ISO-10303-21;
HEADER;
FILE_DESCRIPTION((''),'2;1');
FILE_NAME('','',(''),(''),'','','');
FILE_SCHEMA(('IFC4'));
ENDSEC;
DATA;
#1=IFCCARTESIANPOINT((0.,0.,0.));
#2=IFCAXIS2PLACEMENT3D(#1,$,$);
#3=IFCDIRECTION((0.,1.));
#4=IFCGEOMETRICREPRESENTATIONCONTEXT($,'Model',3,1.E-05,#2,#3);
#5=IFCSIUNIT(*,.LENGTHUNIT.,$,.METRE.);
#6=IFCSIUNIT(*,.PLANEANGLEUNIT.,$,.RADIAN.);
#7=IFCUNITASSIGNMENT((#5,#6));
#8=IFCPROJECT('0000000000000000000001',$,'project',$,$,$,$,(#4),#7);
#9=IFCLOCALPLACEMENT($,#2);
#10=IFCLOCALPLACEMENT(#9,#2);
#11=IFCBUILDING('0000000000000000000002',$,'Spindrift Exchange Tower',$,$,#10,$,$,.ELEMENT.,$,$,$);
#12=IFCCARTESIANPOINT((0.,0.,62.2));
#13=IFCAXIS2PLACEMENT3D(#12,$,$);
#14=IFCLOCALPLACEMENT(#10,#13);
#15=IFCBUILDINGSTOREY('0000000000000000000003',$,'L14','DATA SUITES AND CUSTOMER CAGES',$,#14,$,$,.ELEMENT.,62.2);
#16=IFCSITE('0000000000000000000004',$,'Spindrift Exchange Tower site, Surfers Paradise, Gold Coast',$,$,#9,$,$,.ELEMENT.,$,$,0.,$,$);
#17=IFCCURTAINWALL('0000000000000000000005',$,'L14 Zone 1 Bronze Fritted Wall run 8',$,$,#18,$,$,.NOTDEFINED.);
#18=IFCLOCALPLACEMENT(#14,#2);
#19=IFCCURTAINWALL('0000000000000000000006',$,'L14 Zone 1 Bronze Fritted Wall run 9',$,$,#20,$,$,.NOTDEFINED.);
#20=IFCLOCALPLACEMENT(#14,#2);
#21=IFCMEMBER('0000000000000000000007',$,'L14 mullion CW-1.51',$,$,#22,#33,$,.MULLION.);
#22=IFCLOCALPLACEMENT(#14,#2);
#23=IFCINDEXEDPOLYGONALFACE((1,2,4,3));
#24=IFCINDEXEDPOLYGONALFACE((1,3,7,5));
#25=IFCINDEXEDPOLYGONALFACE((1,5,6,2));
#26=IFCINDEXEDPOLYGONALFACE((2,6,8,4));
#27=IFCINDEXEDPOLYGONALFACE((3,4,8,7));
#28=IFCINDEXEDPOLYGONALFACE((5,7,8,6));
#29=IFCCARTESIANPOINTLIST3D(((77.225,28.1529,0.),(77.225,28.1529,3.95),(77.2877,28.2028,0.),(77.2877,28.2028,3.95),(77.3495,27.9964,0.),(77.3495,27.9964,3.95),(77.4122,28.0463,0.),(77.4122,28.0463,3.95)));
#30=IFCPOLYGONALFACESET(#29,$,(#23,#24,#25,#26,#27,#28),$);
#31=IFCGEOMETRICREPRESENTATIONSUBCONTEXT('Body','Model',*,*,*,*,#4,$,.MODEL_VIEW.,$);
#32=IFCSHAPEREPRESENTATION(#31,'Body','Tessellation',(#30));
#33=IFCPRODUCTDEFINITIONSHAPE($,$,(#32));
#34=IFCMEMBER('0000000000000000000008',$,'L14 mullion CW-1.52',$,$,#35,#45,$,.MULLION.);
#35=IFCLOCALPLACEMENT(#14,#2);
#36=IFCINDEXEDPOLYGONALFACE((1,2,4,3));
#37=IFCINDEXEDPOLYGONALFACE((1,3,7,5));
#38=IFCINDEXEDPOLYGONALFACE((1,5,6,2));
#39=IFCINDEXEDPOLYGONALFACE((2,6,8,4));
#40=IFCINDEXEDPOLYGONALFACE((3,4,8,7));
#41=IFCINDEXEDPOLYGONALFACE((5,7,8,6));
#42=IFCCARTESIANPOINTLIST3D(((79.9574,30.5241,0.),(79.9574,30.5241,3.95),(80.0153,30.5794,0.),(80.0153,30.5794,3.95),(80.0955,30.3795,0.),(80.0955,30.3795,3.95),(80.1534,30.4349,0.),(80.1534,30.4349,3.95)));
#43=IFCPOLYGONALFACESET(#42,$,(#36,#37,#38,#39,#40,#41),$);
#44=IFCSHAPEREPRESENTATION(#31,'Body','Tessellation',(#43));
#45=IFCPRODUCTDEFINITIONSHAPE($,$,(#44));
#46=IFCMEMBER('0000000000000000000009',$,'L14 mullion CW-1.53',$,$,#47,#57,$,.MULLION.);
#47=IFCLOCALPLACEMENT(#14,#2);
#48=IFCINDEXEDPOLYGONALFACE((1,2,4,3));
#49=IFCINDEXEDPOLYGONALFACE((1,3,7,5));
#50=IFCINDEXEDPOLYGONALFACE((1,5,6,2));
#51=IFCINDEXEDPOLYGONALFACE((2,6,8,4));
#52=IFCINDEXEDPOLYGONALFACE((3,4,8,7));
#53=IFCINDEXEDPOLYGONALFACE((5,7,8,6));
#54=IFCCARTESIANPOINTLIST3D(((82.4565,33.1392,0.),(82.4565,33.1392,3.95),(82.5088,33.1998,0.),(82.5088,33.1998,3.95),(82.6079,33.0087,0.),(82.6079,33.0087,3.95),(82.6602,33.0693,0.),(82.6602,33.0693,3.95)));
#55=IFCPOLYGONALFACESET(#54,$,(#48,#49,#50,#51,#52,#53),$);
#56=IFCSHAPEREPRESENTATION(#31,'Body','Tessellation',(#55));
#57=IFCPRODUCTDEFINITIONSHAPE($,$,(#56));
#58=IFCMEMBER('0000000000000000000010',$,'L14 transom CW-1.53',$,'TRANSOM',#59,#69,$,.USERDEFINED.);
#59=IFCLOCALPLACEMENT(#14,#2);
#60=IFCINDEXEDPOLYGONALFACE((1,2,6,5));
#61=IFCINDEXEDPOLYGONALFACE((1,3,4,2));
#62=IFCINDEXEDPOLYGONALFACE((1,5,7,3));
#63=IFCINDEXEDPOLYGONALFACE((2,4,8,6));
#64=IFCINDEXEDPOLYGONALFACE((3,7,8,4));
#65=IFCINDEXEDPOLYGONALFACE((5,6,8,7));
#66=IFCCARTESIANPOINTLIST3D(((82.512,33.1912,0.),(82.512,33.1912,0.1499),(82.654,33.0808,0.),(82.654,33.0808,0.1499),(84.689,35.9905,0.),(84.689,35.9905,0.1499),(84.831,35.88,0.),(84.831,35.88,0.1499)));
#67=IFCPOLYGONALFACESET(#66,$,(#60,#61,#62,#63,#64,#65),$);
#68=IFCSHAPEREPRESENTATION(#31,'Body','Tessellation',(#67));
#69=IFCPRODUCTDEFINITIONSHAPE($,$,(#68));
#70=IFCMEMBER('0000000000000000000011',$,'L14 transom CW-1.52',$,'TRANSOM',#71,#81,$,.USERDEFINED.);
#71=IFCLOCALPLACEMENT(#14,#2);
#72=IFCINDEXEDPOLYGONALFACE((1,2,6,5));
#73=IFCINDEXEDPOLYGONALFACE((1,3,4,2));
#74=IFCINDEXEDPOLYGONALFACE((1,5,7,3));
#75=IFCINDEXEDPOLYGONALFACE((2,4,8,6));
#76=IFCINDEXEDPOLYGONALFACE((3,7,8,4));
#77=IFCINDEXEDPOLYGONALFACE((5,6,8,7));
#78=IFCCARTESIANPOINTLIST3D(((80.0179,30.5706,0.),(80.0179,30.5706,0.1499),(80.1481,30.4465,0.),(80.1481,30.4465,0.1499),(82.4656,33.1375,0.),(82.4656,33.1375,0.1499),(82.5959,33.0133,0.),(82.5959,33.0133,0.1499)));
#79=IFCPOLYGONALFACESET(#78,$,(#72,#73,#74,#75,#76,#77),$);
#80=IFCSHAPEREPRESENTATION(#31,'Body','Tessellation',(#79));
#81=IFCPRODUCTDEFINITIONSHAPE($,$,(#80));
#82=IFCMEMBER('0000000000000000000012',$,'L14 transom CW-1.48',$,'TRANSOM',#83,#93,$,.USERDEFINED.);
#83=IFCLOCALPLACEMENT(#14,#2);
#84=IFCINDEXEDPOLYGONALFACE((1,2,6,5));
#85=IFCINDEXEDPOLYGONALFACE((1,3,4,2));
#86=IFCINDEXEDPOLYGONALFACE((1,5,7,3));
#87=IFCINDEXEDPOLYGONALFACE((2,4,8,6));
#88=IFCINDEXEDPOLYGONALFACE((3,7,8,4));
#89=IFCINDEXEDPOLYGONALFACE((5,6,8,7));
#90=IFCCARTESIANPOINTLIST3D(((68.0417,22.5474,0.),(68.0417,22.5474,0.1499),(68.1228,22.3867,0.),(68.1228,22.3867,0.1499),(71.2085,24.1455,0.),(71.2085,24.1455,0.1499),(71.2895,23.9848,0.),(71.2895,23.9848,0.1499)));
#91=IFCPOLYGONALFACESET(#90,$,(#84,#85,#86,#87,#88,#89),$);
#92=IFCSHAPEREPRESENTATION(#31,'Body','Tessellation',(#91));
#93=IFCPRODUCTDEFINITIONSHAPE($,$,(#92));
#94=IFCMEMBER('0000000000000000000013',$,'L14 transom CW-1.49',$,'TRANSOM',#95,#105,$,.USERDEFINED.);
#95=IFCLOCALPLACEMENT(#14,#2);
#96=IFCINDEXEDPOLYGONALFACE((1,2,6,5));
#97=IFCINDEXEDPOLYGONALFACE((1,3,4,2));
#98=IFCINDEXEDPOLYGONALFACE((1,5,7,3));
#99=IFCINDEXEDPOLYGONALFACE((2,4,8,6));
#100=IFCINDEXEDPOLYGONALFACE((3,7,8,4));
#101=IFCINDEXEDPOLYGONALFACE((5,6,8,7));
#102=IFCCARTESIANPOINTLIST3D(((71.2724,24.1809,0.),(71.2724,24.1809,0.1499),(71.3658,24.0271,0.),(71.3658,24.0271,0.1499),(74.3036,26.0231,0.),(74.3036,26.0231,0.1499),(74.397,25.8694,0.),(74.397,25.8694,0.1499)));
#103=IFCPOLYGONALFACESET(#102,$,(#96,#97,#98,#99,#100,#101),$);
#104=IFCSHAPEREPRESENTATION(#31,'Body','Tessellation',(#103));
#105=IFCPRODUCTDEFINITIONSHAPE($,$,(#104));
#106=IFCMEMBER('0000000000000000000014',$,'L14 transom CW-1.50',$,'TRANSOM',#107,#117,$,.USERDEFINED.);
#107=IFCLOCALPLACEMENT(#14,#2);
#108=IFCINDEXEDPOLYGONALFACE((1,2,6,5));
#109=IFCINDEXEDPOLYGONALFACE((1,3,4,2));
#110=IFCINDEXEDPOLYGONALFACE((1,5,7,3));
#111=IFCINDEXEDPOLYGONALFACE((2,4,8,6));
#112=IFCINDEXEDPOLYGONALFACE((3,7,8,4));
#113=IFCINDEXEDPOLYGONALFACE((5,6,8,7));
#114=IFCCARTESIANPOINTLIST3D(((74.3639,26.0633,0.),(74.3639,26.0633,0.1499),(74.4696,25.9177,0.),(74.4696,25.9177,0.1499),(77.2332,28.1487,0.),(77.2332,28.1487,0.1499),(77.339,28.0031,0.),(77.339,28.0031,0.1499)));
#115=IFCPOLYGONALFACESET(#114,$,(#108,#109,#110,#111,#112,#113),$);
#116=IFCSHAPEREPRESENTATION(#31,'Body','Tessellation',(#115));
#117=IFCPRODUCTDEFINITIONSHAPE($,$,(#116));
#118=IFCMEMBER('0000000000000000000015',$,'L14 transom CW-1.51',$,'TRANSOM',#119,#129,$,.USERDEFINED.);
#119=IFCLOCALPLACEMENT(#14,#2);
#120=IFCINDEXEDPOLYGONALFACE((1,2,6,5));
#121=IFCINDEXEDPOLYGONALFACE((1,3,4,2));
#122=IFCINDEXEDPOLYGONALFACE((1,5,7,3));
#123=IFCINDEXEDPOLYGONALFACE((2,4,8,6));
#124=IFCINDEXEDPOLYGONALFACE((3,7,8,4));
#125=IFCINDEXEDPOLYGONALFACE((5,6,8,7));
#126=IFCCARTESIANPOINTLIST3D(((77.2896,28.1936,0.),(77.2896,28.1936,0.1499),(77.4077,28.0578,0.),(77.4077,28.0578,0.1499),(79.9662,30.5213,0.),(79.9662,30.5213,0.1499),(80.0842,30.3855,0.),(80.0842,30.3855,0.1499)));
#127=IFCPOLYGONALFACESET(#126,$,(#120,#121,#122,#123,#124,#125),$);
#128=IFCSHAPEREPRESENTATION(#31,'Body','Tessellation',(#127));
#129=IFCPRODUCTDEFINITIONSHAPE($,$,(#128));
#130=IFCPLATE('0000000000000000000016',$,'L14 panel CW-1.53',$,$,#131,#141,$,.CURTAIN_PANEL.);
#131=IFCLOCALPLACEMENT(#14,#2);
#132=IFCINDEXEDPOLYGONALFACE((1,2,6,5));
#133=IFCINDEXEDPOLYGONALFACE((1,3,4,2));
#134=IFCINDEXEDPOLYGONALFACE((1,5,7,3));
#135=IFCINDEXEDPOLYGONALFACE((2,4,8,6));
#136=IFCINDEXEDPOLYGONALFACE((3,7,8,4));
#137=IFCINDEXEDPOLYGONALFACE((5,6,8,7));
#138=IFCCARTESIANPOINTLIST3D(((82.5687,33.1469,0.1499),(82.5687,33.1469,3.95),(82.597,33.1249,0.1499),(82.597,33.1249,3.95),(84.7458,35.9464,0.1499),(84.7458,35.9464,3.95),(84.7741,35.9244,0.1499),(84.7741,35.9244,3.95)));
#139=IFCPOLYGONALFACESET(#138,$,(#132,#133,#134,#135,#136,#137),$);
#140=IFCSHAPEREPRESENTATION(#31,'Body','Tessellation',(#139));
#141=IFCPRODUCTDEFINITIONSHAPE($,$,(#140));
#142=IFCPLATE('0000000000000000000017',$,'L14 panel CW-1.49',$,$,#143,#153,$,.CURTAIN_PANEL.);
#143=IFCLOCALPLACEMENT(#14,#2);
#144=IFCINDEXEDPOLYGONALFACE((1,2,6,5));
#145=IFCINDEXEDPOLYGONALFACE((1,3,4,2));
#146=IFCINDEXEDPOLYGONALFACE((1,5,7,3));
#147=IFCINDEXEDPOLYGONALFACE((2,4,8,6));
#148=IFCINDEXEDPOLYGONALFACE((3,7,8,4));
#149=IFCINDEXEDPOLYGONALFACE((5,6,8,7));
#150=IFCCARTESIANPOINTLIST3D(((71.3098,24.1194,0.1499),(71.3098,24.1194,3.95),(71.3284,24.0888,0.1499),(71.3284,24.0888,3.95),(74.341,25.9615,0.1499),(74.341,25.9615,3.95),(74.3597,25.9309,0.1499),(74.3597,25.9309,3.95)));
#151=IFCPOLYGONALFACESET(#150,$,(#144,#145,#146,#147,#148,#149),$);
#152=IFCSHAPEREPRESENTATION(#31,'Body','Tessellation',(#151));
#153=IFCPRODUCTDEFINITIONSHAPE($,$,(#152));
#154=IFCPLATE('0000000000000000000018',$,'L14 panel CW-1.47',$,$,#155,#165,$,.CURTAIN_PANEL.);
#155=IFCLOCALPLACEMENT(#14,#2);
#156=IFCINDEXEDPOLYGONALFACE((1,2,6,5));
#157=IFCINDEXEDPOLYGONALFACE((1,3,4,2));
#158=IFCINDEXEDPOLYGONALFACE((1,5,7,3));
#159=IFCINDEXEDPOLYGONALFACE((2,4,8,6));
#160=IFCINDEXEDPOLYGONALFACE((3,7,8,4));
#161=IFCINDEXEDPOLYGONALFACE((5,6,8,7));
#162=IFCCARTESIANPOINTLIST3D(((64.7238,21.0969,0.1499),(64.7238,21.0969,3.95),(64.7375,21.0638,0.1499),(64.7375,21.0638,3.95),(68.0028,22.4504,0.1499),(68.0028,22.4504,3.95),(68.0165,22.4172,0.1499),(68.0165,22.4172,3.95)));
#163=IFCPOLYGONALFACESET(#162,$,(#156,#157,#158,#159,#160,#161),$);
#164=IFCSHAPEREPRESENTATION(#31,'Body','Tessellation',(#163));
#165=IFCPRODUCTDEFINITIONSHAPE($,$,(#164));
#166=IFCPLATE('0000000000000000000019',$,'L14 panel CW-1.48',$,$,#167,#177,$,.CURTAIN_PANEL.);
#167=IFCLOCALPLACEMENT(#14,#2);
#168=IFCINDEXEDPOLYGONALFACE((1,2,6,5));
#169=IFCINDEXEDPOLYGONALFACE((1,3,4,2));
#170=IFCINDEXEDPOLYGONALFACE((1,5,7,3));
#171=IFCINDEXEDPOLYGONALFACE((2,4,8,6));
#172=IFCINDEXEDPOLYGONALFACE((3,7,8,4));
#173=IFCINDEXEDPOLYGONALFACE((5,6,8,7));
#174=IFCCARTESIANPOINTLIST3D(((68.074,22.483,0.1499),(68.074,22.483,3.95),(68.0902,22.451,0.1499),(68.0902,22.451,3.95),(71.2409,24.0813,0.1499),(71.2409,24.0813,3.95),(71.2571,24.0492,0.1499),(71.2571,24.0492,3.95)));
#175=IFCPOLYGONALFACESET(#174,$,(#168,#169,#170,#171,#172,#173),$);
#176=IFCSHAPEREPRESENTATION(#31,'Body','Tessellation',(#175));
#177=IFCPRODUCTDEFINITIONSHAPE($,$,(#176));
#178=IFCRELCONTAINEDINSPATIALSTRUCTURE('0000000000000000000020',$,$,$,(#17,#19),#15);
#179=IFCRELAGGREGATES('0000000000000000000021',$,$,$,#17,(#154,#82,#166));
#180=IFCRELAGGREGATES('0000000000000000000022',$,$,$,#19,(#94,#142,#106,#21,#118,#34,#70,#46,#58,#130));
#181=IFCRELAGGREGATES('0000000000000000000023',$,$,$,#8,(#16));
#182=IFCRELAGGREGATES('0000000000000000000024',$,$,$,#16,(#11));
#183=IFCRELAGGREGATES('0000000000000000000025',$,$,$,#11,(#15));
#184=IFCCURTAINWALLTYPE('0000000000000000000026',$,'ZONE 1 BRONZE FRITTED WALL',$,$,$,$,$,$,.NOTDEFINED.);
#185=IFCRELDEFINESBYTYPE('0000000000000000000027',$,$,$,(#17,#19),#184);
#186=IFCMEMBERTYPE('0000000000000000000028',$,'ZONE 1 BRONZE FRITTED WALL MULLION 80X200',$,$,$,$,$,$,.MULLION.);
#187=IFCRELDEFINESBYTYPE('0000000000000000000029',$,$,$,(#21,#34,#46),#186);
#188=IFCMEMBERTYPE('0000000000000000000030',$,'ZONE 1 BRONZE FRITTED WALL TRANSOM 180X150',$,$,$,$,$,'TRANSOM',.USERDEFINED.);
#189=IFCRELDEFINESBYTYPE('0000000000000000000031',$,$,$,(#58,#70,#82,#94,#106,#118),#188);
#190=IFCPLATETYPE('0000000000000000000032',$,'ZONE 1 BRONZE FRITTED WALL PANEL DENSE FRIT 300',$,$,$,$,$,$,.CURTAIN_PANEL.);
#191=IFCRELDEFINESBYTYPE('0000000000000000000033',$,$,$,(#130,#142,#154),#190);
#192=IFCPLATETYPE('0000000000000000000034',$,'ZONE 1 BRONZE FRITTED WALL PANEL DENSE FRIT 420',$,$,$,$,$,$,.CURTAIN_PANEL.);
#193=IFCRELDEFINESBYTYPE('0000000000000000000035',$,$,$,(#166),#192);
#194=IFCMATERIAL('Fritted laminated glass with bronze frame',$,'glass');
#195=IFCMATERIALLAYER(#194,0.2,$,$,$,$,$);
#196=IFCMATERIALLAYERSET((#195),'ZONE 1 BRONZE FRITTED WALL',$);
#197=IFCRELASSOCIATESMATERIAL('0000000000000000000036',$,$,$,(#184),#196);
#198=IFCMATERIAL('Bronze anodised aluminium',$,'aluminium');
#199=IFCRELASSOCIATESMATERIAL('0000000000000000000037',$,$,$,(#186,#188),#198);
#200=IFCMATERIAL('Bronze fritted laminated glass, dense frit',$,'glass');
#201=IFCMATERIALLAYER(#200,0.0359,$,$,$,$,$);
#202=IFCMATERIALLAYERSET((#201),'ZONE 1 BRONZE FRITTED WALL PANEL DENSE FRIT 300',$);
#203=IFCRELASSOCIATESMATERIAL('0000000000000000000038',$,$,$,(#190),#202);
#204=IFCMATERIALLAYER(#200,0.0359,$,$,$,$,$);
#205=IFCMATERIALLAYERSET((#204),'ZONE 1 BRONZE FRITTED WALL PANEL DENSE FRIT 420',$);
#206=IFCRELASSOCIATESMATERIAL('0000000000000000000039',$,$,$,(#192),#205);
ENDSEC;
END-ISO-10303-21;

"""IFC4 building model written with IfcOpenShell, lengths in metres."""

from ifc_helpers import new_model, si_unit, direction, frame, origin, origin_2d, place, context, subcontext, project, spatial, rectangle, extrude, source, transform, mapped, material, layer, layer_set, material_profile, profile_set, type_object, element, aggregate, save


model = new_model("IFC4")

# Units and contexts
model_context = context("Model", 3, precision=1e-05, world=origin(), true_north=direction((0.0, 1.0)))
body_context = subcontext(model_context, "Body", "Model", "MODEL_VIEW")
ifc_project = project(units=[si_unit("LENGTHUNIT", "METRE"), si_unit("PLANEANGLEUNIT", "RADIAN")], contexts=[model_context])

# Site, building, storey
site_placement = place(None, origin())
site = spatial("IfcSite", under=ifc_project, at=site_placement, Name="Spindrift Exchange Tower site, Surfers Paradise, Gold Coast", CompositionType="ELEMENT", RefElevation=0.0)
building_placement = place(site_placement, origin())
building = spatial("IfcBuilding", under=site, at=building_placement, Name="Spindrift Exchange Tower", CompositionType="ELEMENT")
storey_placement = place(building_placement, frame((0.0, 0.0, 62.2)))
storey = spatial("IfcBuildingStorey", under=building, at=storey_placement, Name="L14", Description="DATA SUITES AND CUSTOMER CAGES", CompositionType="ELEMENT", Elevation=62.2)

# Curtain wall
ifc_material_1 = material(Name="Fritted laminated glass with bronze frame", Category="glass")
ifc_layer_1 = layer(ifc_material_1, 0.2)
ifc_layer_set_1 = layer_set([ifc_layer_1], Name="ZONE 1 BRONZE FRITTED WALL")
curtain_wall_type = type_object("IfcCurtainWallType", Name="ZONE 1 BRONZE FRITTED WALL", PredefinedType="NOTDEFINED", material=ifc_layer_set_1)
curtain_wall_1_placement = place(storey_placement, origin())
curtain_wall_1 = element("IfcCurtainWall", 1, at=curtain_wall_1_placement, inside=storey, type_object=curtain_wall_type, Name="L14 Zone 1 Bronze Fritted Wall run 8", PredefinedType="NOTDEFINED")
ifc_material_2 = material(Name="Bronze anodised aluminium", Category="aluminium")
ifc_material_profile_1 = material_profile(ifc_material_2, rectangle(XDim=0.0801, YDim=0.2, at=origin_2d()), Name="ZONE 1 BRONZE FRITTED WALL MULLION 80X200")
ifc_profile_set_1 = profile_set([ifc_material_profile_1], Name="Bronze anodised aluminium")
member_type_1 = type_object("IfcMemberType", Name="ZONE 1 BRONZE FRITTED WALL MULLION 80X200", PredefinedType="MULLION", material=ifc_profile_set_1)
shared_shape_1 = source(origin(), body_context, "Body", "SweptSolid", [
    extrude(rectangle(XDim=0.0801, YDim=0.2, at=origin_2d()), origin(), (0.0, 0.0, 1.0), 3.95),
])

# Curtain wall, members
curtain_wall_2_placement = place(storey_placement, origin())
curtain_wall_2 = element("IfcCurtainWall", 2, at=curtain_wall_2_placement, inside=storey, type_object=curtain_wall_type, Name="L14 Zone 1 Bronze Fritted Wall run 9", PredefinedType="NOTDEFINED")
member_1_placement = place(storey_placement, frame((77.3186, 28.0996, 0.0), z_axis=(0.0, 0.0, 1.0), x_axis=(0.782489, 0.622664, 0.0)))
member_1 = element("IfcMember", 3, at=member_1_placement, type_object=member_type_1, Name="L14 mullion CW-1.51", PredefinedType="MULLION", context=body_context, shape_type="MappedRepresentation", body=[
    mapped(shared_shape_1, transform((0.0, 0.0, 0.0), scale=1.0)),
])
member_2_placement = place(storey_placement, frame((80.0554, 30.4795, 0.0), z_axis=(0.0, 0.0, 1.0), x_axis=(0.723143, 0.690699, 0.0)))
member_2 = element("IfcMember", 4, at=member_2_placement, type_object=member_type_1, Name="L14 mullion CW-1.52", PredefinedType="MULLION", context=body_context, shape_type="MappedRepresentation", body=[
    mapped(shared_shape_1, transform((0.0, 0.0, 0.0), scale=1.0)),
])
member_3_placement = place(storey_placement, frame((82.5583, 33.1042, 0.0), z_axis=(0.0, 0.0, 1.0), x_axis=(0.652833, 0.757502, 0.0)))
member_3 = element("IfcMember", 5, at=member_3_placement, type_object=member_type_1, Name="L14 mullion CW-1.53", PredefinedType="MULLION", context=body_context, shape_type="MappedRepresentation", body=[
    mapped(shared_shape_1, transform((0.0, 0.0, 0.0), scale=1.0)),
])
ifc_material_profile_2 = material_profile(ifc_material_2, rectangle(XDim=0.1799, YDim=0.1499, at=origin_2d()), Name="ZONE 1 BRONZE FRITTED WALL TRANSOM 180X150")
ifc_profile_set_2 = profile_set([ifc_material_profile_2], Name="Bronze anodised aluminium")
member_type_2 = type_object("IfcMemberType", Name="ZONE 1 BRONZE FRITTED WALL TRANSOM 180X150", ElementType="TRANSOM", PredefinedType="USERDEFINED", material=ifc_profile_set_2)
shared_shape_2 = source(origin(), body_context, "Body", "SweptSolid", [
    extrude(rectangle(XDim=0.1799, YDim=0.1499, at=origin_2d()), origin(), (0.0, 0.0, 1.0), 3.5461),
])
member_4_placement = place(storey_placement, frame((82.583, 33.136, 0.075), z_axis=(0.613898, 0.789386, 0.0), x_axis=(-0.789386, 0.613898, 0.0)))
member_4 = element("IfcMember", 6, at=member_4_placement, type_object=member_type_2, Name="L14 transom CW-1.53", ObjectType="TRANSOM", PredefinedType="USERDEFINED", context=body_context, shape_type="MappedRepresentation", body=[
    mapped(shared_shape_2, transform((0.0, 0.0, 0.0), scale=1.0)),
])
shared_shape_3 = source(origin(), body_context, "Body", "SweptSolid", [
    extrude(rectangle(XDim=0.1799, YDim=0.1499, at=origin_2d()), origin(), (0.0, 0.0, 1.0), 3.5469),
])
member_5_placement = place(storey_placement, frame((80.083, 30.5085, 0.075), z_axis=(0.690112, 0.723702, 0.0), x_axis=(-0.723702, 0.690112, 0.0)))
member_5 = element("IfcMember", 7, at=member_5_placement, type_object=member_type_2, Name="L14 transom CW-1.52", ObjectType="TRANSOM", PredefinedType="USERDEFINED", context=body_context, shape_type="MappedRepresentation", body=[
    mapped(shared_shape_3, transform((0.0, 0.0, 0.0), scale=1.0)),
])

# Members
shared_shape_4 = source(origin(), body_context, "Body", "SweptSolid", [
    extrude(rectangle(XDim=0.1799, YDim=0.1499, at=origin_2d()), origin(), (0.0, 0.0, 1.0), 3.5471),
])
member_6_placement = place(storey_placement, frame((68.0823, 22.467, 0.075), z_axis=(0.892755, 0.450542, 0.0), x_axis=(-0.450542, 0.892755, 0.0)))
member_6 = element("IfcMember", 8, at=member_6_placement, type_object=member_type_2, Name="L14 transom CW-1.48", ObjectType="TRANSOM", PredefinedType="USERDEFINED", context=body_context, shape_type="MappedRepresentation", body=[
    mapped(shared_shape_4, transform((0.0, 0.0, 0.0), scale=1.0)),
])
member_7_placement = place(storey_placement, frame((71.3191, 24.104, 0.075), z_axis=(0.854552, 0.519366, 0.0), x_axis=(-0.519366, 0.854552, 0.0)))
member_7 = element("IfcMember", 9, at=member_7_placement, type_object=member_type_2, Name="L14 transom CW-1.49", ObjectType="TRANSOM", PredefinedType="USERDEFINED", context=body_context, shape_type="MappedRepresentation", body=[
    mapped(shared_shape_4, transform((0.0, 0.0, 0.0), scale=1.0)),
])
member_8_placement = place(storey_placement, frame((74.4167, 25.9905, 0.075), z_axis=(0.808921, 0.587918, 0.0), x_axis=(-0.587918, 0.808921, 0.0)))
member_8 = element("IfcMember", 10, at=member_8_placement, type_object=member_type_2, Name="L14 transom CW-1.50", ObjectType="TRANSOM", PredefinedType="USERDEFINED", context=body_context, shape_type="MappedRepresentation", body=[
    mapped(shared_shape_4, transform((0.0, 0.0, 0.0), scale=1.0)),
])
member_9_placement = place(storey_placement, frame((77.3486, 28.1257, 0.075), z_axis=(0.754573, 0.656216, 0.0), x_axis=(-0.656216, 0.754573, 0.0)))
member_9 = element("IfcMember", 11, at=member_9_placement, type_object=member_type_2, Name="L14 transom CW-1.51", ObjectType="TRANSOM", PredefinedType="USERDEFINED", context=body_context, shape_type="MappedRepresentation", body=[
    mapped(shared_shape_4, transform((0.0, 0.0, 0.0), scale=1.0)),
])

# Plates
ifc_material_3 = material(Name="Bronze fritted laminated glass, dense frit", Category="glass")
ifc_layer_2 = layer(ifc_material_3, 0.0359)
ifc_layer_set_2 = layer_set([ifc_layer_2], Name="ZONE 1 BRONZE FRITTED WALL PANEL DENSE FRIT 300")
plate_type_1 = type_object("IfcPlateType", Name="ZONE 1 BRONZE FRITTED WALL PANEL DENSE FRIT 300", PredefinedType="CURTAIN_PANEL", material=ifc_layer_set_2)
shared_shape_5 = source(origin(), body_context, "Body", "SweptSolid", [
    extrude(rectangle(XDim=3.5464, YDim=0.0359, at=origin_2d()), origin(), (0.0, 0.0, 1.0), 3.8),
])
plate_1_placement = place(storey_placement, frame((83.6714, 34.5356, 0.1499), z_axis=(0.0, 0.0, 1.0), x_axis=(0.613882, 0.789398, 0.0)))
plate_1 = element("IfcPlate", 12, at=plate_1_placement, type_object=plate_type_1, Name="L14 panel CW-1.53", PredefinedType="CURTAIN_PANEL", context=body_context, shape_type="MappedRepresentation", body=[
    mapped(shared_shape_5, transform((0.0, 0.0, 0.0), scale=1.0)),
])
shared_shape_6 = source(origin(), body_context, "Body", "SweptSolid", [
    extrude(rectangle(XDim=3.5471, YDim=0.0359, at=origin_2d()), origin(), (0.0, 0.0, 1.0), 3.8),
])
plate_2_placement = place(storey_placement, frame((72.8347, 25.0251, 0.1499), z_axis=(0.0, 0.0, 1.0), x_axis=(0.854575, 0.519328, 0.0)))
plate_2 = element("IfcPlate", 13, at=plate_2_placement, type_object=plate_type_1, Name="L14 panel CW-1.49", PredefinedType="CURTAIN_PANEL", context=body_context, shape_type="MappedRepresentation", body=[
    mapped(shared_shape_6, transform((0.0, 0.0, 0.0), scale=1.0)),
])
shared_shape_7 = source(origin(), body_context, "Body", "SweptSolid", [
    extrude(rectangle(XDim=3.5474, YDim=0.0359, at=origin_2d()), origin(), (0.0, 0.0, 1.0), 3.8),
])
plate_3_placement = place(storey_placement, frame((66.3701, 21.7571, 0.1499), z_axis=(0.0, 0.0, 1.0), x_axis=(0.924352, 0.38154, 0.0)))
plate_3 = element("IfcPlate", 14, at=plate_3_placement, type_object=plate_type_1, Name="L14 panel CW-1.47", PredefinedType="CURTAIN_PANEL", context=body_context, shape_type="MappedRepresentation", body=[
    mapped(shared_shape_7, transform((0.0, 0.0, 0.0), scale=1.0)),
])
ifc_layer_3 = layer(ifc_material_3, 0.0359)
ifc_layer_set_3 = layer_set([ifc_layer_3], Name="ZONE 1 BRONZE FRITTED WALL PANEL DENSE FRIT 420")
plate_type_2 = type_object("IfcPlateType", Name="ZONE 1 BRONZE FRITTED WALL PANEL DENSE FRIT 420", PredefinedType="CURTAIN_PANEL", material=ifc_layer_set_3)
shared_shape_8 = source(origin(), body_context, "Body", "SweptSolid", [
    extrude(rectangle(XDim=3.5474, YDim=0.0359, at=origin_2d()), origin(), (0.0, 0.0, 1.0), 3.8),
])
plate_4_placement = place(storey_placement, frame((69.6655, 23.2661, 0.1499), z_axis=(0.0, 0.0, 1.0), x_axis=(0.89275, 0.450552, 0.0)))
plate_4 = element("IfcPlate", 15, at=plate_4_placement, type_object=plate_type_2, Name="L14 panel CW-1.48", PredefinedType="CURTAIN_PANEL", context=body_context, shape_type="MappedRepresentation", body=[
    mapped(shared_shape_8, transform((0.0, 0.0, 0.0), scale=1.0)),
])
aggregate(curtain_wall_1, [plate_3, member_6, plate_4])
aggregate(curtain_wall_2, [member_7, plate_2, member_8, member_1, member_9, member_2, member_5, member_3, member_4, plate_1])

save(model, "model.ifc")
